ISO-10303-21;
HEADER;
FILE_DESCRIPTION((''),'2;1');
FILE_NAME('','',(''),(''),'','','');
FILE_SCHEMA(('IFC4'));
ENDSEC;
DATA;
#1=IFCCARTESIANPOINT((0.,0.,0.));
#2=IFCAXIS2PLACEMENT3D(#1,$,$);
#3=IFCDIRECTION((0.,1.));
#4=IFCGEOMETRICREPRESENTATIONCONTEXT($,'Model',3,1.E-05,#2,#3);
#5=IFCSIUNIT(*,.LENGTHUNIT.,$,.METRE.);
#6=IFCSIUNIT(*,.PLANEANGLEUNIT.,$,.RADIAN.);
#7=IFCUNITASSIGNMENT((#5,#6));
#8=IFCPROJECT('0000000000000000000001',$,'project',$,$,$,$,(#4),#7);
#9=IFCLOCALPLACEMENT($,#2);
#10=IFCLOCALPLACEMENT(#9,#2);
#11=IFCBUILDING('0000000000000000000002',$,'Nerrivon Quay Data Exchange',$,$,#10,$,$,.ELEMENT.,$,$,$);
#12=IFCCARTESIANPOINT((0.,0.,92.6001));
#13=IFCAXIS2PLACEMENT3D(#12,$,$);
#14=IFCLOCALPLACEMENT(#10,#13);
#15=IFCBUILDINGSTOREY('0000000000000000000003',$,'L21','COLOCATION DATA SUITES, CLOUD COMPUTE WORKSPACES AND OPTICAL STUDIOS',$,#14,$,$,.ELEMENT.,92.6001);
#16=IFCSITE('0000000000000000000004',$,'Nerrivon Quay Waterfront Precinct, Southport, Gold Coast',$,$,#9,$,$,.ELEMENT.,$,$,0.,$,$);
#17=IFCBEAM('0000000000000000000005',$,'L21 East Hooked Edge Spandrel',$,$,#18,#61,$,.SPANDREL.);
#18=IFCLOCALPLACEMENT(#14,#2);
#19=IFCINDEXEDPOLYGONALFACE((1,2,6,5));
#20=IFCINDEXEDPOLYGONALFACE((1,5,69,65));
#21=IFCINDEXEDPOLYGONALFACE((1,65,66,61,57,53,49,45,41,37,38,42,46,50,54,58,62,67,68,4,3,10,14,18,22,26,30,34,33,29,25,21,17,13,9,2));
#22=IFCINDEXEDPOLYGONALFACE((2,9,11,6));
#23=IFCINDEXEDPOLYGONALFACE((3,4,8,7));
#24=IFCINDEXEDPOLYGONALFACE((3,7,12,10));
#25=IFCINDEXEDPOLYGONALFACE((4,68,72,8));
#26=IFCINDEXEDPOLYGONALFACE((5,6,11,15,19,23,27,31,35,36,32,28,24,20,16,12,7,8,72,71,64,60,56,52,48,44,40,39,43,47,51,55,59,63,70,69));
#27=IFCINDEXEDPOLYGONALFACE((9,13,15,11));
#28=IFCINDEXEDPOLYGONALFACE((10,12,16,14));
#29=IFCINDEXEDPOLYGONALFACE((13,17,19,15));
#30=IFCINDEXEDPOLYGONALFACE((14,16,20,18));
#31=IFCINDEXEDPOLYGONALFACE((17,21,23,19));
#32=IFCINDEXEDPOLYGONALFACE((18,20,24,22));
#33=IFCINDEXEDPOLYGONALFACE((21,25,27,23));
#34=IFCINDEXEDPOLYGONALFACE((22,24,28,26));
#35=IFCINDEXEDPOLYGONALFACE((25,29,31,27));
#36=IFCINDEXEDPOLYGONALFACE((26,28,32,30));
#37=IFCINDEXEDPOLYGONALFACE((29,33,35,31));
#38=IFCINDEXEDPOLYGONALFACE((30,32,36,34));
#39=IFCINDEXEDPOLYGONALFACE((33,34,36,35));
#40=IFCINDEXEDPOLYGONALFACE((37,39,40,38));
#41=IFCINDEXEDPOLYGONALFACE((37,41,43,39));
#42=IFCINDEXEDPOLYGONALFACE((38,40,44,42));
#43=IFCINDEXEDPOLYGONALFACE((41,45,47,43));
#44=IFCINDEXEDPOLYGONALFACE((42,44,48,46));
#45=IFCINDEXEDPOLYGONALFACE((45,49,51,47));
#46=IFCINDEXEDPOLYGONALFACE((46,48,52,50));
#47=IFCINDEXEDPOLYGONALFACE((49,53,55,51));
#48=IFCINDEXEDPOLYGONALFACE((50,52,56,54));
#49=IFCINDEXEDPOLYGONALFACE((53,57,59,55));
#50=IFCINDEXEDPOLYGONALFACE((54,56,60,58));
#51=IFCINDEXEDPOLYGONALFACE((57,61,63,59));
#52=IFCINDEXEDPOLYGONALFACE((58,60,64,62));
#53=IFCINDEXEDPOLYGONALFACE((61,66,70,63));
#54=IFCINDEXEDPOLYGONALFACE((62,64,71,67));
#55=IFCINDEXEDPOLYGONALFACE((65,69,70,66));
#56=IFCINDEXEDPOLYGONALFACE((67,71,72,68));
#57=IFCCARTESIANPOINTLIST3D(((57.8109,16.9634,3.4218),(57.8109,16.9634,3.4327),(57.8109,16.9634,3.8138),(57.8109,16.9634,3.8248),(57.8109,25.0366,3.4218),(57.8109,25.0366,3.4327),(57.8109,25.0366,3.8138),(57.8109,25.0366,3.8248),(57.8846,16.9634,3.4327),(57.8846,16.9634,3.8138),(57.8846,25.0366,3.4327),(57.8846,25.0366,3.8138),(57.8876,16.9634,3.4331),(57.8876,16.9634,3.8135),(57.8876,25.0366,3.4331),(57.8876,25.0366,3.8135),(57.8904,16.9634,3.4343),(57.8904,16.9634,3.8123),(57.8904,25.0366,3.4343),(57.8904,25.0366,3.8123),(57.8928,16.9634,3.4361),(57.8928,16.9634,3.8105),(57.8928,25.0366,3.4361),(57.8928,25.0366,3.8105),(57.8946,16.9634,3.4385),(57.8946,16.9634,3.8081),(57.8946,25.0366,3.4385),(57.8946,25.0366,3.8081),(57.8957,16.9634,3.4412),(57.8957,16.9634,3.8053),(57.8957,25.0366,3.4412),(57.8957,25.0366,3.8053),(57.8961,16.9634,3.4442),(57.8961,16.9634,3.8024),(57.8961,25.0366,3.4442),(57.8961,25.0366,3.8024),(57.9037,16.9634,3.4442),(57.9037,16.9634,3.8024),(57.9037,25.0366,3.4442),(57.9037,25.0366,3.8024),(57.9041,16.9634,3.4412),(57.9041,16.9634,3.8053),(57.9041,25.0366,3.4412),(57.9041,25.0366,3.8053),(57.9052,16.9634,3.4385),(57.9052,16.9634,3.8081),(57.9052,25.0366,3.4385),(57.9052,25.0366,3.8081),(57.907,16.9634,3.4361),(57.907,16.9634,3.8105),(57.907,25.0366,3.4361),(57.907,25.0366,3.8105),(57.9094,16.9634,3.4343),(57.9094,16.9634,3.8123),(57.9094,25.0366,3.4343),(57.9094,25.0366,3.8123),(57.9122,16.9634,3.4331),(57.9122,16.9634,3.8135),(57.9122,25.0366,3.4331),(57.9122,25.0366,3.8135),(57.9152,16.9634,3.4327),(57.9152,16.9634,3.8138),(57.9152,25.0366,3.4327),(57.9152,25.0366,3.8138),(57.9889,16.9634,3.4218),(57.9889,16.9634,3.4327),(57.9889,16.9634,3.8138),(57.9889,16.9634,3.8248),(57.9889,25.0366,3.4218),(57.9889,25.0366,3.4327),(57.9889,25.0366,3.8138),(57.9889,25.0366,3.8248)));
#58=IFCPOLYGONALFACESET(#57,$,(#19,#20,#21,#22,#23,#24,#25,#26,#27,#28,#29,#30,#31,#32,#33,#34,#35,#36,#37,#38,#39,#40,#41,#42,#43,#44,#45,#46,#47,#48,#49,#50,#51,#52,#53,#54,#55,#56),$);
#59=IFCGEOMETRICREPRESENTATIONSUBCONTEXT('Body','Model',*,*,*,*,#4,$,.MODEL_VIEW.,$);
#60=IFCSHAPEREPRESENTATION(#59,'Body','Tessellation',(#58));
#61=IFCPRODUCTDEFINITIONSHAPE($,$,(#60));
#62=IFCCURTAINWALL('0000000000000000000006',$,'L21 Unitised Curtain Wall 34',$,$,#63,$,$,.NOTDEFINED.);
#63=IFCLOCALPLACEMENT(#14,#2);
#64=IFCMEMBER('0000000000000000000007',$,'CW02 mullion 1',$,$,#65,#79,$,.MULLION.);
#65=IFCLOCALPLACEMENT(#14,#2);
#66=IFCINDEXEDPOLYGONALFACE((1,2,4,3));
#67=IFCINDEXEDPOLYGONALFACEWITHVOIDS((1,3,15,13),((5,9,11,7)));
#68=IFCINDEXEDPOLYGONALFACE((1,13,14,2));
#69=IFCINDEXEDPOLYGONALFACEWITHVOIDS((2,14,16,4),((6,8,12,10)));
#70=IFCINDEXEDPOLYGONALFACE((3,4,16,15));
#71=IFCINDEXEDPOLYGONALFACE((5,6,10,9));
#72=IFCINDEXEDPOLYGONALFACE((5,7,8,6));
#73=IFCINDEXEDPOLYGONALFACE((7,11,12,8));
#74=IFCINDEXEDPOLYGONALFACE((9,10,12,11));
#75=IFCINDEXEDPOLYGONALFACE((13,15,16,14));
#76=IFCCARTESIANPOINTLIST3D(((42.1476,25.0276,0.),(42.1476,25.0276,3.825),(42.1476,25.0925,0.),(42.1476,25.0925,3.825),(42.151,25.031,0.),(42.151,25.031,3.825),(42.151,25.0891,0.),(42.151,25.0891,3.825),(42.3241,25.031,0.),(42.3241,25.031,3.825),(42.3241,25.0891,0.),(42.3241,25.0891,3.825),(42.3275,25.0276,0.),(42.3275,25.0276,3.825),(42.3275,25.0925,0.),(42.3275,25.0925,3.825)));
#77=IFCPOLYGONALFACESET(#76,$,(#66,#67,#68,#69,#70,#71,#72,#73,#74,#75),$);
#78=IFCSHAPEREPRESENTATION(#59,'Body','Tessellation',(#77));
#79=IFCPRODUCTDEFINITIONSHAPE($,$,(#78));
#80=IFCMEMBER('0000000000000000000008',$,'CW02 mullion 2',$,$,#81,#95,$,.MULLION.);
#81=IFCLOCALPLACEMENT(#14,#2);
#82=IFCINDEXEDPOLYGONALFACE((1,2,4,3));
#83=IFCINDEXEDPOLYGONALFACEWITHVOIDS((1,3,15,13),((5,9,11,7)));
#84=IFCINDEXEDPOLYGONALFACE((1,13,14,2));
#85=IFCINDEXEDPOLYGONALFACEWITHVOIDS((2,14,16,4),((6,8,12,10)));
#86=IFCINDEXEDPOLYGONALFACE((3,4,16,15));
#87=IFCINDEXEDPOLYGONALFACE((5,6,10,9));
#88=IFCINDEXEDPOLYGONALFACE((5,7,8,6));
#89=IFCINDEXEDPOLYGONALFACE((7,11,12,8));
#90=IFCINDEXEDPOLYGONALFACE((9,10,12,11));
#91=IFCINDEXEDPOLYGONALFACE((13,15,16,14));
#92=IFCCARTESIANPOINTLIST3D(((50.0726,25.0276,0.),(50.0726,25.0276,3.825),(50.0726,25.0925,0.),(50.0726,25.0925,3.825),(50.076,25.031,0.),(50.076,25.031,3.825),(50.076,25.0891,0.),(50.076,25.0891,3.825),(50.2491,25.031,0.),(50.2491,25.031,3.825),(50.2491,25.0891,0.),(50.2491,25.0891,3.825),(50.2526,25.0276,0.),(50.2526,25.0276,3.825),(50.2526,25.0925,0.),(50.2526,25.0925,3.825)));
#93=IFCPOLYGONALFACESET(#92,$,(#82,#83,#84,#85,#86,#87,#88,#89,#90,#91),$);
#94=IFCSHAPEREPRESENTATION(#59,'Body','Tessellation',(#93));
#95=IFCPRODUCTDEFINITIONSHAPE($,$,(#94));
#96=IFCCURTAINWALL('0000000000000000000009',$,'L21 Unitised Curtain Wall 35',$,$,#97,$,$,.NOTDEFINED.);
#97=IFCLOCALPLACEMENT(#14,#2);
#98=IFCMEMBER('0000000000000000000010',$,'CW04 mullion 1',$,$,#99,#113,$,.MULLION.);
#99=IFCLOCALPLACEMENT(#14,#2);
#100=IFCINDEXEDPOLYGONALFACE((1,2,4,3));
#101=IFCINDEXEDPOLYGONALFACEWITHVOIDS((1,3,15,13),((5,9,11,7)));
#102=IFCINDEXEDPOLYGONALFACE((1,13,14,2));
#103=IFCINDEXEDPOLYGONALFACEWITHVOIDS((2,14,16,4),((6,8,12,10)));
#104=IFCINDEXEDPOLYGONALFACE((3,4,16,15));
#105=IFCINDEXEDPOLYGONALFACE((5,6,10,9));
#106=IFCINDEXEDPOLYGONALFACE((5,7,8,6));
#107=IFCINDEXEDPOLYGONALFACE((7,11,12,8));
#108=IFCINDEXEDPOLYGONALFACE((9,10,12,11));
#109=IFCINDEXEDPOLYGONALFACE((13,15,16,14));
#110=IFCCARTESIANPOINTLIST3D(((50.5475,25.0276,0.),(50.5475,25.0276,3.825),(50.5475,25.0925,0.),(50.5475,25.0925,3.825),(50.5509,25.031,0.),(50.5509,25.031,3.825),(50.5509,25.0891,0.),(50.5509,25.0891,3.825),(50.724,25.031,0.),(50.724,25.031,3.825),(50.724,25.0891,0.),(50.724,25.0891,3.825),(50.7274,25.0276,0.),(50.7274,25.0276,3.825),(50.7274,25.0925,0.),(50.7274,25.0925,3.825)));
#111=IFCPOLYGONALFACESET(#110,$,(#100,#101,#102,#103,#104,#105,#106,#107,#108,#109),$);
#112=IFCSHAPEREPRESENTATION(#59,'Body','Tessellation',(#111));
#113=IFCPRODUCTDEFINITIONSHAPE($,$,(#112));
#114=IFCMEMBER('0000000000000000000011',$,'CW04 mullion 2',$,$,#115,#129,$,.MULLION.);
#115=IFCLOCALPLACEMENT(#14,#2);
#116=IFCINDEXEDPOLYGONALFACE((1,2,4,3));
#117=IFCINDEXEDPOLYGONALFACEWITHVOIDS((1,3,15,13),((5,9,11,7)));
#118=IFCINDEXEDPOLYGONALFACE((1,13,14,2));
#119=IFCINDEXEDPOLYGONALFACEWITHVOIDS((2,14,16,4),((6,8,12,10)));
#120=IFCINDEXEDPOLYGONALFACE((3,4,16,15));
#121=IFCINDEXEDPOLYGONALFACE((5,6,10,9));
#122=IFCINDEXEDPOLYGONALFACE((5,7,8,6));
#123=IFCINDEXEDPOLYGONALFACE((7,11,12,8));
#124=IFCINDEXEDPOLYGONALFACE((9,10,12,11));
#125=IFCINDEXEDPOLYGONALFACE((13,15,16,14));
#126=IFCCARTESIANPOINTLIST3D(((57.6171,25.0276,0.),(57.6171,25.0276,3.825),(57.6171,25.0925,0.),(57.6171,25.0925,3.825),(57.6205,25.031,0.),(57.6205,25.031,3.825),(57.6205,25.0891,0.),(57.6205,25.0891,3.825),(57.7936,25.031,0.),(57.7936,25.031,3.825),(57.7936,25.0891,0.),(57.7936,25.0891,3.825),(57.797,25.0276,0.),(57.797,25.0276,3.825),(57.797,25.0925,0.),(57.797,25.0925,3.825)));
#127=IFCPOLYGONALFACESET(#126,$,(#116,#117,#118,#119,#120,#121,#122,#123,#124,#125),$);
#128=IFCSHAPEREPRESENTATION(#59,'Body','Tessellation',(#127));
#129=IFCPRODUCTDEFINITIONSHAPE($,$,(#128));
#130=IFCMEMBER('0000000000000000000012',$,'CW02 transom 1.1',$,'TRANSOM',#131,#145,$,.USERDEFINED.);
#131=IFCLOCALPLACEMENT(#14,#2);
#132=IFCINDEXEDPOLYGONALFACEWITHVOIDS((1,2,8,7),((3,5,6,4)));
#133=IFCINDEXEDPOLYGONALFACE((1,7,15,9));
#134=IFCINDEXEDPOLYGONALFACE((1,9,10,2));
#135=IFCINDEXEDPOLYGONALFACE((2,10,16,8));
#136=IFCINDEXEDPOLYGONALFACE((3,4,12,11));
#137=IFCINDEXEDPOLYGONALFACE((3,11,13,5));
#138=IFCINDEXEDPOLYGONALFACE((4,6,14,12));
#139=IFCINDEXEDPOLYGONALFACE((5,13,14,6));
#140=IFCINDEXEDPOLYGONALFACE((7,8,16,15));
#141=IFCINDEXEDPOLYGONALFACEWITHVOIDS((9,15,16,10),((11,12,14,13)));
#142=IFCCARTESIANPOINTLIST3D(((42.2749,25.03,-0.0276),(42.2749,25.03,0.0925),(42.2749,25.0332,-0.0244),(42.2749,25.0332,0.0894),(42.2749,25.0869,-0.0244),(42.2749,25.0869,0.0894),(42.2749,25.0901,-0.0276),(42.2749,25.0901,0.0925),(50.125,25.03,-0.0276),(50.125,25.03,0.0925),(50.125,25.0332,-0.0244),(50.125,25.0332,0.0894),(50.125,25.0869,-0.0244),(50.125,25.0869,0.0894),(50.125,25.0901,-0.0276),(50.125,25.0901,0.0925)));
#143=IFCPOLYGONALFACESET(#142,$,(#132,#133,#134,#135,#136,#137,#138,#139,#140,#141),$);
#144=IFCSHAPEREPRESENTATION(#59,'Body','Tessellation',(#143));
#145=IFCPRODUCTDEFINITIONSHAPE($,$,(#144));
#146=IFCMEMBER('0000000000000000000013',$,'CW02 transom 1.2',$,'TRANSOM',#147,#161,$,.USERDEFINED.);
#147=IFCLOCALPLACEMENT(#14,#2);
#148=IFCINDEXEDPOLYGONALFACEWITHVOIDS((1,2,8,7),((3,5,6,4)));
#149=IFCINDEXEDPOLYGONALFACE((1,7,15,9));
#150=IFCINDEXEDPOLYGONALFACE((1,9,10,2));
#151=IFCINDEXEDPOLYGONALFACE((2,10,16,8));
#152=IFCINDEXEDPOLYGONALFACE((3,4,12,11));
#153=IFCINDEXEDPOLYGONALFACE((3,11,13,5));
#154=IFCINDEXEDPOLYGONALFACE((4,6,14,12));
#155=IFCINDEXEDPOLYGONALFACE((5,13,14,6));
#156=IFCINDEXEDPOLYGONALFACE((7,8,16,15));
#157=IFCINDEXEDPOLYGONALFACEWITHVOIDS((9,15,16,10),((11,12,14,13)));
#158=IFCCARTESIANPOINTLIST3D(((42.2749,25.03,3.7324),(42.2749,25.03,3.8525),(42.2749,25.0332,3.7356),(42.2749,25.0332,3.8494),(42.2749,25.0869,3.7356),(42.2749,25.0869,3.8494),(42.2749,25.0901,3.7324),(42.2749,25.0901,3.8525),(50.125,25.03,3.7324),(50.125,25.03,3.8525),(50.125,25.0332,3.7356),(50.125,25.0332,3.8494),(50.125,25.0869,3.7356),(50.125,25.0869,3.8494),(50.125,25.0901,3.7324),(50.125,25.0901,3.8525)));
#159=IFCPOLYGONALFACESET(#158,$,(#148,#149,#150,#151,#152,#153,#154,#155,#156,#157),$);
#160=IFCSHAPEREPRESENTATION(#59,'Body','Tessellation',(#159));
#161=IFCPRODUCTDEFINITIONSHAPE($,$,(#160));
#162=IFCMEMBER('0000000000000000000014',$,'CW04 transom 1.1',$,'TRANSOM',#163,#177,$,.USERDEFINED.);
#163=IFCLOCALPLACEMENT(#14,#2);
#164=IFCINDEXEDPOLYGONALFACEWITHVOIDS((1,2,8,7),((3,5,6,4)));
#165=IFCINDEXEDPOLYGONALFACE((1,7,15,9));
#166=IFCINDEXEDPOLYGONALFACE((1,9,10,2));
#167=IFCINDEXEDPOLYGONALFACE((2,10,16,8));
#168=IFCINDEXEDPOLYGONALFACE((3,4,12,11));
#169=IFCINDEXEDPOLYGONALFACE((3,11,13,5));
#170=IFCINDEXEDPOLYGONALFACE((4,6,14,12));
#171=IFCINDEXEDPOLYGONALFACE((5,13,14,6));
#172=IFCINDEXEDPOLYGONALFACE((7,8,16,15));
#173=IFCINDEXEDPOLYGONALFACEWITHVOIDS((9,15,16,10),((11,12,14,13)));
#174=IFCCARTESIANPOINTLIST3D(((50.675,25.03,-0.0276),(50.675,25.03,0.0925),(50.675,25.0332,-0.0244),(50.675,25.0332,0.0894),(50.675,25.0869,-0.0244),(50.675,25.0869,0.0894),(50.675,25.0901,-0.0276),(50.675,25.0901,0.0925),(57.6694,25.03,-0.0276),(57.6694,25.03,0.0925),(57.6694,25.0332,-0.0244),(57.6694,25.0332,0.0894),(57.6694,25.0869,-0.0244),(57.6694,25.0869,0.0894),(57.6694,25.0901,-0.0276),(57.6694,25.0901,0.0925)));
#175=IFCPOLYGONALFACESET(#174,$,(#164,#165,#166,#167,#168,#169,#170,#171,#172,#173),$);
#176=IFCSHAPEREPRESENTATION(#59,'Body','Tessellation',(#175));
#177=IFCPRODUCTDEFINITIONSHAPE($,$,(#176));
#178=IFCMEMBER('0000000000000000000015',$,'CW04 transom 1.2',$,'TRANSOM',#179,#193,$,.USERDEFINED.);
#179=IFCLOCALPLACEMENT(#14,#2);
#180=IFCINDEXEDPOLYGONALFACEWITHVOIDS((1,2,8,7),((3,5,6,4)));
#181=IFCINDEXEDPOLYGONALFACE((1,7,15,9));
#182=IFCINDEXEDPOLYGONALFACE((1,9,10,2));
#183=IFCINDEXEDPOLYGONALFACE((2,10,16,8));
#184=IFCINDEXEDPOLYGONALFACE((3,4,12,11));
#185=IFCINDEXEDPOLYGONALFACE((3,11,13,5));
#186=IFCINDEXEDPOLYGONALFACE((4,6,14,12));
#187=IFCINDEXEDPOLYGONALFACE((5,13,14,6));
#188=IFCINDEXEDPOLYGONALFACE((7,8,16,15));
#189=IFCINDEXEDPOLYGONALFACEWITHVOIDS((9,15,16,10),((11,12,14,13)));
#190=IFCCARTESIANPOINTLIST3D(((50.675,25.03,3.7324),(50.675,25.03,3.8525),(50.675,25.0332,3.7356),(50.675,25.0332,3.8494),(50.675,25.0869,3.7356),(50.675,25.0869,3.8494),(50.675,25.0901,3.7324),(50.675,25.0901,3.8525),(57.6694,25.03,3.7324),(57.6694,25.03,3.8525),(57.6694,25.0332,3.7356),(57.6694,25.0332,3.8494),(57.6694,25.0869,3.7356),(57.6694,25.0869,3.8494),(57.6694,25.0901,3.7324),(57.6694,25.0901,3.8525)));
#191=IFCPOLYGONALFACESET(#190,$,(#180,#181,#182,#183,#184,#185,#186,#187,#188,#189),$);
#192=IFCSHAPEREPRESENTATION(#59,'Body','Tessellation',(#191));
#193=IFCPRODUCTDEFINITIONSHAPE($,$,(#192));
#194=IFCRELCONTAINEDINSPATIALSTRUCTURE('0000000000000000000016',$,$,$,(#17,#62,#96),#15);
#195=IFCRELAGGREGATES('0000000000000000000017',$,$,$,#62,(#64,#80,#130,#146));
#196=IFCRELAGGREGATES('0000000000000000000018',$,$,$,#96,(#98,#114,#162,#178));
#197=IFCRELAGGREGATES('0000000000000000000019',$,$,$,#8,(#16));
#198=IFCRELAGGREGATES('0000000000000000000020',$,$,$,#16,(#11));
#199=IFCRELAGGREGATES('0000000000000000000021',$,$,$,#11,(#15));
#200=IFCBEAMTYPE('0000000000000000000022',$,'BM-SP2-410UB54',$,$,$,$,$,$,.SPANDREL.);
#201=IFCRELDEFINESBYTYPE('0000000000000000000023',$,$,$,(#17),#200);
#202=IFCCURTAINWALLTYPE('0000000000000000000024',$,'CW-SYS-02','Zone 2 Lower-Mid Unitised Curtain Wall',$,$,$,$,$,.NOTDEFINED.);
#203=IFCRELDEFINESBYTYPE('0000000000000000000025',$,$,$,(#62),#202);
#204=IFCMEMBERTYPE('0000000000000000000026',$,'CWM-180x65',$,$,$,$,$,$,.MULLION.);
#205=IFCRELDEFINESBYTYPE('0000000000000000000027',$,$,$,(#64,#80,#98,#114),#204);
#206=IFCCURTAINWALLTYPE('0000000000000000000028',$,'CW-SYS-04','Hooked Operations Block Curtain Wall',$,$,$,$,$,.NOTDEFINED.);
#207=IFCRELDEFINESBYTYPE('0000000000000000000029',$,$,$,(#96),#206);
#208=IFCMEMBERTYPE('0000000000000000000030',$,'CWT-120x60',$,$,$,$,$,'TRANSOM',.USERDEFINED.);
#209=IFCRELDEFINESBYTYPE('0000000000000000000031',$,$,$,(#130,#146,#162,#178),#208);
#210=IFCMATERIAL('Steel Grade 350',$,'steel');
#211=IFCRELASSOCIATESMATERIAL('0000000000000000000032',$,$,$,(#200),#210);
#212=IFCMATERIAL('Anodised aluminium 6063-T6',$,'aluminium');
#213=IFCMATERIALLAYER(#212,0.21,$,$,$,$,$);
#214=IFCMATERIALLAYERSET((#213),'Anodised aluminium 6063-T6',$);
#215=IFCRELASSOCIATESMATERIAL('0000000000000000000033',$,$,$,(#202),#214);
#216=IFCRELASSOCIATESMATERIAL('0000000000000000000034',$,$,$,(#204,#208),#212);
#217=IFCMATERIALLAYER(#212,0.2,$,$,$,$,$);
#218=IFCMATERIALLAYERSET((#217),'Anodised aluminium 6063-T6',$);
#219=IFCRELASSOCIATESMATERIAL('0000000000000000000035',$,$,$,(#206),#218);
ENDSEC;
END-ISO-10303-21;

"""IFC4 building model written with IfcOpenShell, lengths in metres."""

from ifc_helpers import new_model, si_unit, direction, frame, origin, origin_2d, place, context, subcontext, project, spatial, hollow_rectangle, i_section, extrude, material, layer, layer_set, material_profile, profile_set, type_object, element, aggregate, save


model = new_model("IFC4")

# Units and contexts
model_context = context("Model", 3, precision=1e-05, world=origin(), true_north=direction((0.0, 1.0)))
body_context = subcontext(model_context, "Body", "Model", "MODEL_VIEW")
ifc_project = project(units=[si_unit("LENGTHUNIT", "METRE"), si_unit("PLANEANGLEUNIT", "RADIAN")], contexts=[model_context])

# Site, building, storey
site_placement = place(None, origin())
site = spatial("IfcSite", under=ifc_project, at=site_placement, Name="Nerrivon Quay Waterfront Precinct, Southport, Gold Coast", CompositionType="ELEMENT", RefElevation=0.0)
building_placement = place(site_placement, origin())
building = spatial("IfcBuilding", under=site, at=building_placement, Name="Nerrivon Quay Data Exchange", CompositionType="ELEMENT")
storey_placement = place(building_placement, frame((0.0, 0.0, 92.6001)))
storey = spatial("IfcBuildingStorey", under=building, at=storey_placement, Name="L21", Description="COLOCATION DATA SUITES, CLOUD COMPUTE WORKSPACES AND OPTICAL STUDIOS", CompositionType="ELEMENT", Elevation=92.6001)

# Shared definitions
ifc_material_1 = material(Name="Steel Grade 350", Category="steel")

# Beam
ifc_material_profile_1 = material_profile(ifc_material_1, i_section(OverallWidth=0.178, OverallDepth=0.4031, WebThickness=0.0076, FlangeThickness=0.011, FilletRadius=0.0115, at=origin_2d()), Name="410UB53.7")
ifc_profile_set_1 = profile_set([ifc_material_profile_1], Name="Steel Grade 350")
beam_type_1 = type_object("IfcBeamType", Name="BM-SP2-410UB54", PredefinedType="SPANDREL", material=ifc_profile_set_1)
beam_1_placement = place(storey_placement, frame((57.8999, 16.9634, 3.6233), z_axis=(0.0, 1.0, 0.0), x_axis=(-1.0, 0.0, 0.0)))
element("IfcBeam", 1, at=beam_1_placement, inside=storey, type_object=beam_type_1, Name="L21 East Hooked Edge Spandrel", PredefinedType="SPANDREL", context=body_context, shape_type="SweptSolid", body=[
    extrude(i_section(OverallWidth=0.178, OverallDepth=0.4031, WebThickness=0.0076, FlangeThickness=0.011, FilletRadius=0.0115, at=origin_2d()), origin(), (0.0, 0.0, 1.0), 8.0732),
])

# Curtain walls, members
ifc_material_2 = material(Name="Anodised aluminium 6063-T6", Category="aluminium")
ifc_layer_1 = layer(ifc_material_2, 0.21)
ifc_layer_set_1 = layer_set([ifc_layer_1], Name="Anodised aluminium 6063-T6")
curtain_wall_type_1 = type_object("IfcCurtainWallType", Name="CW-SYS-02", Description="Zone 2 Lower-Mid Unitised Curtain Wall", PredefinedType="NOTDEFINED", material=ifc_layer_set_1)
curtain_wall_1_placement = place(storey_placement, origin())
curtain_wall_1 = element("IfcCurtainWall", 2, at=curtain_wall_1_placement, inside=storey, type_object=curtain_wall_type_1, Name="L21 Unitised Curtain Wall 34", PredefinedType="NOTDEFINED")
ifc_material_profile_2 = material_profile(ifc_material_2, hollow_rectangle(XDim=0.0649, YDim=0.1799, WallThickness=0.0034, at=origin_2d()), Name="ALU-MULL-180x65")
ifc_profile_set_2 = profile_set([ifc_material_profile_2], Name="Anodised aluminium 6063-T6")
member_type_1 = type_object("IfcMemberType", Name="CWM-180x65", PredefinedType="MULLION", material=ifc_profile_set_2)
member_1_placement = place(storey_placement, frame((42.2375, 25.0601, 0.0), z_axis=(0.0, 0.0, 1.0), x_axis=(0.0, 1.0, 0.0)))
member_1 = element("IfcMember", 3, at=member_1_placement, type_object=member_type_1, Name="CW02 mullion 1", PredefinedType="MULLION", context=body_context, shape_type="SweptSolid", body=[
    extrude(hollow_rectangle(XDim=0.0649, YDim=0.1799, WallThickness=0.0034, at=origin_2d()), origin(), (0.0, 0.0, 1.0), 3.825),
])
member_2_placement = place(storey_placement, frame((50.1626, 25.0601, 0.0), z_axis=(0.0, 0.0, 1.0), x_axis=(0.0, 1.0, 0.0)))
member_2 = element("IfcMember", 4, at=member_2_placement, type_object=member_type_1, Name="CW02 mullion 2", PredefinedType="MULLION", context=body_context, shape_type="SweptSolid", body=[
    extrude(hollow_rectangle(XDim=0.0649, YDim=0.1799, WallThickness=0.0034, at=origin_2d()), origin(), (0.0, 0.0, 1.0), 3.825),
])
ifc_layer_2 = layer(ifc_material_2, 0.2)
ifc_layer_set_2 = layer_set([ifc_layer_2], Name="Anodised aluminium 6063-T6")
curtain_wall_type_2 = type_object("IfcCurtainWallType", Name="CW-SYS-04", Description="Hooked Operations Block Curtain Wall", PredefinedType="NOTDEFINED", material=ifc_layer_set_2)
curtain_wall_2_placement = place(storey_placement, origin())
curtain_wall_2 = element("IfcCurtainWall", 5, at=curtain_wall_2_placement, inside=storey, type_object=curtain_wall_type_2, Name="L21 Unitised Curtain Wall 35", PredefinedType="NOTDEFINED")
member_3_placement = place(storey_placement, frame((50.6375, 25.0601, 0.0), z_axis=(0.0, 0.0, 1.0), x_axis=(0.0, 1.0, 0.0)))
member_3 = element("IfcMember", 6, at=member_3_placement, type_object=member_type_1, Name="CW04 mullion 1", PredefinedType="MULLION", context=body_context, shape_type="SweptSolid", body=[
    extrude(hollow_rectangle(XDim=0.0649, YDim=0.1799, WallThickness=0.0034, at=origin_2d()), origin(), (0.0, 0.0, 1.0), 3.825),
])
member_4_placement = place(storey_placement, frame((57.707, 25.0601, 0.0), z_axis=(0.0, 0.0, 1.0), x_axis=(0.0, 1.0, 0.0)))
member_4 = element("IfcMember", 7, at=member_4_placement, type_object=member_type_1, Name="CW04 mullion 2", PredefinedType="MULLION", context=body_context, shape_type="SweptSolid", body=[
    extrude(hollow_rectangle(XDim=0.0649, YDim=0.1799, WallThickness=0.0034, at=origin_2d()), origin(), (0.0, 0.0, 1.0), 3.825),
])

# Members
ifc_material_profile_3 = material_profile(ifc_material_2, hollow_rectangle(XDim=0.0601, YDim=0.1201, WallThickness=0.0032, at=origin_2d()), Name="ALU-TRAN-120x60")
ifc_profile_set_3 = profile_set([ifc_material_profile_3], Name="Anodised aluminium 6063-T6")
member_type_2 = type_object("IfcMemberType", Name="CWT-120x60", ElementType="TRANSOM", PredefinedType="USERDEFINED", material=ifc_profile_set_3)
member_5_placement = place(storey_placement, frame((42.2749, 25.0601, 0.0325), z_axis=(1.0, 0.0, 0.0), x_axis=(0.0, 1.0, 0.0)))
member_5 = element("IfcMember", 8, at=member_5_placement, type_object=member_type_2, Name="CW02 transom 1.1", ObjectType="TRANSOM", PredefinedType="USERDEFINED", context=body_context, shape_type="SweptSolid", body=[
    extrude(hollow_rectangle(XDim=0.0601, YDim=0.1201, WallThickness=0.0032, at=origin_2d()), origin(), (0.0, 0.0, 1.0), 7.8501),
])
member_6_placement = place(storey_placement, frame((42.2749, 25.0601, 3.7925), z_axis=(1.0, 0.0, 0.0), x_axis=(0.0, 1.0, 0.0)))
member_6 = element("IfcMember", 9, at=member_6_placement, type_object=member_type_2, Name="CW02 transom 1.2", ObjectType="TRANSOM", PredefinedType="USERDEFINED", context=body_context, shape_type="SweptSolid", body=[
    extrude(hollow_rectangle(XDim=0.0601, YDim=0.1201, WallThickness=0.0032, at=origin_2d()), origin(), (0.0, 0.0, 1.0), 7.8501),
])
member_7_placement = place(storey_placement, frame((50.675, 25.0601, 0.0325), z_axis=(1.0, 0.0, 0.0), x_axis=(0.0, 1.0, 0.0)))
member_7 = element("IfcMember", 10, at=member_7_placement, type_object=member_type_2, Name="CW04 transom 1.1", ObjectType="TRANSOM", PredefinedType="USERDEFINED", context=body_context, shape_type="SweptSolid", body=[
    extrude(hollow_rectangle(XDim=0.0601, YDim=0.1201, WallThickness=0.0032, at=origin_2d()), origin(), (0.0, 0.0, 1.0), 6.9944),
])
member_8_placement = place(storey_placement, frame((50.675, 25.0601, 3.7925), z_axis=(1.0, 0.0, 0.0), x_axis=(0.0, 1.0, 0.0)))
member_8 = element("IfcMember", 11, at=member_8_placement, type_object=member_type_2, Name="CW04 transom 1.2", ObjectType="TRANSOM", PredefinedType="USERDEFINED", context=body_context, shape_type="SweptSolid", body=[
    extrude(hollow_rectangle(XDim=0.0601, YDim=0.1201, WallThickness=0.0032, at=origin_2d()), origin(), (0.0, 0.0, 1.0), 6.9944),
])

aggregate(curtain_wall_1, [member_1, member_2, member_5, member_6])
aggregate(curtain_wall_2, [member_3, member_4, member_7, member_8])

save(model, "model.ifc")
